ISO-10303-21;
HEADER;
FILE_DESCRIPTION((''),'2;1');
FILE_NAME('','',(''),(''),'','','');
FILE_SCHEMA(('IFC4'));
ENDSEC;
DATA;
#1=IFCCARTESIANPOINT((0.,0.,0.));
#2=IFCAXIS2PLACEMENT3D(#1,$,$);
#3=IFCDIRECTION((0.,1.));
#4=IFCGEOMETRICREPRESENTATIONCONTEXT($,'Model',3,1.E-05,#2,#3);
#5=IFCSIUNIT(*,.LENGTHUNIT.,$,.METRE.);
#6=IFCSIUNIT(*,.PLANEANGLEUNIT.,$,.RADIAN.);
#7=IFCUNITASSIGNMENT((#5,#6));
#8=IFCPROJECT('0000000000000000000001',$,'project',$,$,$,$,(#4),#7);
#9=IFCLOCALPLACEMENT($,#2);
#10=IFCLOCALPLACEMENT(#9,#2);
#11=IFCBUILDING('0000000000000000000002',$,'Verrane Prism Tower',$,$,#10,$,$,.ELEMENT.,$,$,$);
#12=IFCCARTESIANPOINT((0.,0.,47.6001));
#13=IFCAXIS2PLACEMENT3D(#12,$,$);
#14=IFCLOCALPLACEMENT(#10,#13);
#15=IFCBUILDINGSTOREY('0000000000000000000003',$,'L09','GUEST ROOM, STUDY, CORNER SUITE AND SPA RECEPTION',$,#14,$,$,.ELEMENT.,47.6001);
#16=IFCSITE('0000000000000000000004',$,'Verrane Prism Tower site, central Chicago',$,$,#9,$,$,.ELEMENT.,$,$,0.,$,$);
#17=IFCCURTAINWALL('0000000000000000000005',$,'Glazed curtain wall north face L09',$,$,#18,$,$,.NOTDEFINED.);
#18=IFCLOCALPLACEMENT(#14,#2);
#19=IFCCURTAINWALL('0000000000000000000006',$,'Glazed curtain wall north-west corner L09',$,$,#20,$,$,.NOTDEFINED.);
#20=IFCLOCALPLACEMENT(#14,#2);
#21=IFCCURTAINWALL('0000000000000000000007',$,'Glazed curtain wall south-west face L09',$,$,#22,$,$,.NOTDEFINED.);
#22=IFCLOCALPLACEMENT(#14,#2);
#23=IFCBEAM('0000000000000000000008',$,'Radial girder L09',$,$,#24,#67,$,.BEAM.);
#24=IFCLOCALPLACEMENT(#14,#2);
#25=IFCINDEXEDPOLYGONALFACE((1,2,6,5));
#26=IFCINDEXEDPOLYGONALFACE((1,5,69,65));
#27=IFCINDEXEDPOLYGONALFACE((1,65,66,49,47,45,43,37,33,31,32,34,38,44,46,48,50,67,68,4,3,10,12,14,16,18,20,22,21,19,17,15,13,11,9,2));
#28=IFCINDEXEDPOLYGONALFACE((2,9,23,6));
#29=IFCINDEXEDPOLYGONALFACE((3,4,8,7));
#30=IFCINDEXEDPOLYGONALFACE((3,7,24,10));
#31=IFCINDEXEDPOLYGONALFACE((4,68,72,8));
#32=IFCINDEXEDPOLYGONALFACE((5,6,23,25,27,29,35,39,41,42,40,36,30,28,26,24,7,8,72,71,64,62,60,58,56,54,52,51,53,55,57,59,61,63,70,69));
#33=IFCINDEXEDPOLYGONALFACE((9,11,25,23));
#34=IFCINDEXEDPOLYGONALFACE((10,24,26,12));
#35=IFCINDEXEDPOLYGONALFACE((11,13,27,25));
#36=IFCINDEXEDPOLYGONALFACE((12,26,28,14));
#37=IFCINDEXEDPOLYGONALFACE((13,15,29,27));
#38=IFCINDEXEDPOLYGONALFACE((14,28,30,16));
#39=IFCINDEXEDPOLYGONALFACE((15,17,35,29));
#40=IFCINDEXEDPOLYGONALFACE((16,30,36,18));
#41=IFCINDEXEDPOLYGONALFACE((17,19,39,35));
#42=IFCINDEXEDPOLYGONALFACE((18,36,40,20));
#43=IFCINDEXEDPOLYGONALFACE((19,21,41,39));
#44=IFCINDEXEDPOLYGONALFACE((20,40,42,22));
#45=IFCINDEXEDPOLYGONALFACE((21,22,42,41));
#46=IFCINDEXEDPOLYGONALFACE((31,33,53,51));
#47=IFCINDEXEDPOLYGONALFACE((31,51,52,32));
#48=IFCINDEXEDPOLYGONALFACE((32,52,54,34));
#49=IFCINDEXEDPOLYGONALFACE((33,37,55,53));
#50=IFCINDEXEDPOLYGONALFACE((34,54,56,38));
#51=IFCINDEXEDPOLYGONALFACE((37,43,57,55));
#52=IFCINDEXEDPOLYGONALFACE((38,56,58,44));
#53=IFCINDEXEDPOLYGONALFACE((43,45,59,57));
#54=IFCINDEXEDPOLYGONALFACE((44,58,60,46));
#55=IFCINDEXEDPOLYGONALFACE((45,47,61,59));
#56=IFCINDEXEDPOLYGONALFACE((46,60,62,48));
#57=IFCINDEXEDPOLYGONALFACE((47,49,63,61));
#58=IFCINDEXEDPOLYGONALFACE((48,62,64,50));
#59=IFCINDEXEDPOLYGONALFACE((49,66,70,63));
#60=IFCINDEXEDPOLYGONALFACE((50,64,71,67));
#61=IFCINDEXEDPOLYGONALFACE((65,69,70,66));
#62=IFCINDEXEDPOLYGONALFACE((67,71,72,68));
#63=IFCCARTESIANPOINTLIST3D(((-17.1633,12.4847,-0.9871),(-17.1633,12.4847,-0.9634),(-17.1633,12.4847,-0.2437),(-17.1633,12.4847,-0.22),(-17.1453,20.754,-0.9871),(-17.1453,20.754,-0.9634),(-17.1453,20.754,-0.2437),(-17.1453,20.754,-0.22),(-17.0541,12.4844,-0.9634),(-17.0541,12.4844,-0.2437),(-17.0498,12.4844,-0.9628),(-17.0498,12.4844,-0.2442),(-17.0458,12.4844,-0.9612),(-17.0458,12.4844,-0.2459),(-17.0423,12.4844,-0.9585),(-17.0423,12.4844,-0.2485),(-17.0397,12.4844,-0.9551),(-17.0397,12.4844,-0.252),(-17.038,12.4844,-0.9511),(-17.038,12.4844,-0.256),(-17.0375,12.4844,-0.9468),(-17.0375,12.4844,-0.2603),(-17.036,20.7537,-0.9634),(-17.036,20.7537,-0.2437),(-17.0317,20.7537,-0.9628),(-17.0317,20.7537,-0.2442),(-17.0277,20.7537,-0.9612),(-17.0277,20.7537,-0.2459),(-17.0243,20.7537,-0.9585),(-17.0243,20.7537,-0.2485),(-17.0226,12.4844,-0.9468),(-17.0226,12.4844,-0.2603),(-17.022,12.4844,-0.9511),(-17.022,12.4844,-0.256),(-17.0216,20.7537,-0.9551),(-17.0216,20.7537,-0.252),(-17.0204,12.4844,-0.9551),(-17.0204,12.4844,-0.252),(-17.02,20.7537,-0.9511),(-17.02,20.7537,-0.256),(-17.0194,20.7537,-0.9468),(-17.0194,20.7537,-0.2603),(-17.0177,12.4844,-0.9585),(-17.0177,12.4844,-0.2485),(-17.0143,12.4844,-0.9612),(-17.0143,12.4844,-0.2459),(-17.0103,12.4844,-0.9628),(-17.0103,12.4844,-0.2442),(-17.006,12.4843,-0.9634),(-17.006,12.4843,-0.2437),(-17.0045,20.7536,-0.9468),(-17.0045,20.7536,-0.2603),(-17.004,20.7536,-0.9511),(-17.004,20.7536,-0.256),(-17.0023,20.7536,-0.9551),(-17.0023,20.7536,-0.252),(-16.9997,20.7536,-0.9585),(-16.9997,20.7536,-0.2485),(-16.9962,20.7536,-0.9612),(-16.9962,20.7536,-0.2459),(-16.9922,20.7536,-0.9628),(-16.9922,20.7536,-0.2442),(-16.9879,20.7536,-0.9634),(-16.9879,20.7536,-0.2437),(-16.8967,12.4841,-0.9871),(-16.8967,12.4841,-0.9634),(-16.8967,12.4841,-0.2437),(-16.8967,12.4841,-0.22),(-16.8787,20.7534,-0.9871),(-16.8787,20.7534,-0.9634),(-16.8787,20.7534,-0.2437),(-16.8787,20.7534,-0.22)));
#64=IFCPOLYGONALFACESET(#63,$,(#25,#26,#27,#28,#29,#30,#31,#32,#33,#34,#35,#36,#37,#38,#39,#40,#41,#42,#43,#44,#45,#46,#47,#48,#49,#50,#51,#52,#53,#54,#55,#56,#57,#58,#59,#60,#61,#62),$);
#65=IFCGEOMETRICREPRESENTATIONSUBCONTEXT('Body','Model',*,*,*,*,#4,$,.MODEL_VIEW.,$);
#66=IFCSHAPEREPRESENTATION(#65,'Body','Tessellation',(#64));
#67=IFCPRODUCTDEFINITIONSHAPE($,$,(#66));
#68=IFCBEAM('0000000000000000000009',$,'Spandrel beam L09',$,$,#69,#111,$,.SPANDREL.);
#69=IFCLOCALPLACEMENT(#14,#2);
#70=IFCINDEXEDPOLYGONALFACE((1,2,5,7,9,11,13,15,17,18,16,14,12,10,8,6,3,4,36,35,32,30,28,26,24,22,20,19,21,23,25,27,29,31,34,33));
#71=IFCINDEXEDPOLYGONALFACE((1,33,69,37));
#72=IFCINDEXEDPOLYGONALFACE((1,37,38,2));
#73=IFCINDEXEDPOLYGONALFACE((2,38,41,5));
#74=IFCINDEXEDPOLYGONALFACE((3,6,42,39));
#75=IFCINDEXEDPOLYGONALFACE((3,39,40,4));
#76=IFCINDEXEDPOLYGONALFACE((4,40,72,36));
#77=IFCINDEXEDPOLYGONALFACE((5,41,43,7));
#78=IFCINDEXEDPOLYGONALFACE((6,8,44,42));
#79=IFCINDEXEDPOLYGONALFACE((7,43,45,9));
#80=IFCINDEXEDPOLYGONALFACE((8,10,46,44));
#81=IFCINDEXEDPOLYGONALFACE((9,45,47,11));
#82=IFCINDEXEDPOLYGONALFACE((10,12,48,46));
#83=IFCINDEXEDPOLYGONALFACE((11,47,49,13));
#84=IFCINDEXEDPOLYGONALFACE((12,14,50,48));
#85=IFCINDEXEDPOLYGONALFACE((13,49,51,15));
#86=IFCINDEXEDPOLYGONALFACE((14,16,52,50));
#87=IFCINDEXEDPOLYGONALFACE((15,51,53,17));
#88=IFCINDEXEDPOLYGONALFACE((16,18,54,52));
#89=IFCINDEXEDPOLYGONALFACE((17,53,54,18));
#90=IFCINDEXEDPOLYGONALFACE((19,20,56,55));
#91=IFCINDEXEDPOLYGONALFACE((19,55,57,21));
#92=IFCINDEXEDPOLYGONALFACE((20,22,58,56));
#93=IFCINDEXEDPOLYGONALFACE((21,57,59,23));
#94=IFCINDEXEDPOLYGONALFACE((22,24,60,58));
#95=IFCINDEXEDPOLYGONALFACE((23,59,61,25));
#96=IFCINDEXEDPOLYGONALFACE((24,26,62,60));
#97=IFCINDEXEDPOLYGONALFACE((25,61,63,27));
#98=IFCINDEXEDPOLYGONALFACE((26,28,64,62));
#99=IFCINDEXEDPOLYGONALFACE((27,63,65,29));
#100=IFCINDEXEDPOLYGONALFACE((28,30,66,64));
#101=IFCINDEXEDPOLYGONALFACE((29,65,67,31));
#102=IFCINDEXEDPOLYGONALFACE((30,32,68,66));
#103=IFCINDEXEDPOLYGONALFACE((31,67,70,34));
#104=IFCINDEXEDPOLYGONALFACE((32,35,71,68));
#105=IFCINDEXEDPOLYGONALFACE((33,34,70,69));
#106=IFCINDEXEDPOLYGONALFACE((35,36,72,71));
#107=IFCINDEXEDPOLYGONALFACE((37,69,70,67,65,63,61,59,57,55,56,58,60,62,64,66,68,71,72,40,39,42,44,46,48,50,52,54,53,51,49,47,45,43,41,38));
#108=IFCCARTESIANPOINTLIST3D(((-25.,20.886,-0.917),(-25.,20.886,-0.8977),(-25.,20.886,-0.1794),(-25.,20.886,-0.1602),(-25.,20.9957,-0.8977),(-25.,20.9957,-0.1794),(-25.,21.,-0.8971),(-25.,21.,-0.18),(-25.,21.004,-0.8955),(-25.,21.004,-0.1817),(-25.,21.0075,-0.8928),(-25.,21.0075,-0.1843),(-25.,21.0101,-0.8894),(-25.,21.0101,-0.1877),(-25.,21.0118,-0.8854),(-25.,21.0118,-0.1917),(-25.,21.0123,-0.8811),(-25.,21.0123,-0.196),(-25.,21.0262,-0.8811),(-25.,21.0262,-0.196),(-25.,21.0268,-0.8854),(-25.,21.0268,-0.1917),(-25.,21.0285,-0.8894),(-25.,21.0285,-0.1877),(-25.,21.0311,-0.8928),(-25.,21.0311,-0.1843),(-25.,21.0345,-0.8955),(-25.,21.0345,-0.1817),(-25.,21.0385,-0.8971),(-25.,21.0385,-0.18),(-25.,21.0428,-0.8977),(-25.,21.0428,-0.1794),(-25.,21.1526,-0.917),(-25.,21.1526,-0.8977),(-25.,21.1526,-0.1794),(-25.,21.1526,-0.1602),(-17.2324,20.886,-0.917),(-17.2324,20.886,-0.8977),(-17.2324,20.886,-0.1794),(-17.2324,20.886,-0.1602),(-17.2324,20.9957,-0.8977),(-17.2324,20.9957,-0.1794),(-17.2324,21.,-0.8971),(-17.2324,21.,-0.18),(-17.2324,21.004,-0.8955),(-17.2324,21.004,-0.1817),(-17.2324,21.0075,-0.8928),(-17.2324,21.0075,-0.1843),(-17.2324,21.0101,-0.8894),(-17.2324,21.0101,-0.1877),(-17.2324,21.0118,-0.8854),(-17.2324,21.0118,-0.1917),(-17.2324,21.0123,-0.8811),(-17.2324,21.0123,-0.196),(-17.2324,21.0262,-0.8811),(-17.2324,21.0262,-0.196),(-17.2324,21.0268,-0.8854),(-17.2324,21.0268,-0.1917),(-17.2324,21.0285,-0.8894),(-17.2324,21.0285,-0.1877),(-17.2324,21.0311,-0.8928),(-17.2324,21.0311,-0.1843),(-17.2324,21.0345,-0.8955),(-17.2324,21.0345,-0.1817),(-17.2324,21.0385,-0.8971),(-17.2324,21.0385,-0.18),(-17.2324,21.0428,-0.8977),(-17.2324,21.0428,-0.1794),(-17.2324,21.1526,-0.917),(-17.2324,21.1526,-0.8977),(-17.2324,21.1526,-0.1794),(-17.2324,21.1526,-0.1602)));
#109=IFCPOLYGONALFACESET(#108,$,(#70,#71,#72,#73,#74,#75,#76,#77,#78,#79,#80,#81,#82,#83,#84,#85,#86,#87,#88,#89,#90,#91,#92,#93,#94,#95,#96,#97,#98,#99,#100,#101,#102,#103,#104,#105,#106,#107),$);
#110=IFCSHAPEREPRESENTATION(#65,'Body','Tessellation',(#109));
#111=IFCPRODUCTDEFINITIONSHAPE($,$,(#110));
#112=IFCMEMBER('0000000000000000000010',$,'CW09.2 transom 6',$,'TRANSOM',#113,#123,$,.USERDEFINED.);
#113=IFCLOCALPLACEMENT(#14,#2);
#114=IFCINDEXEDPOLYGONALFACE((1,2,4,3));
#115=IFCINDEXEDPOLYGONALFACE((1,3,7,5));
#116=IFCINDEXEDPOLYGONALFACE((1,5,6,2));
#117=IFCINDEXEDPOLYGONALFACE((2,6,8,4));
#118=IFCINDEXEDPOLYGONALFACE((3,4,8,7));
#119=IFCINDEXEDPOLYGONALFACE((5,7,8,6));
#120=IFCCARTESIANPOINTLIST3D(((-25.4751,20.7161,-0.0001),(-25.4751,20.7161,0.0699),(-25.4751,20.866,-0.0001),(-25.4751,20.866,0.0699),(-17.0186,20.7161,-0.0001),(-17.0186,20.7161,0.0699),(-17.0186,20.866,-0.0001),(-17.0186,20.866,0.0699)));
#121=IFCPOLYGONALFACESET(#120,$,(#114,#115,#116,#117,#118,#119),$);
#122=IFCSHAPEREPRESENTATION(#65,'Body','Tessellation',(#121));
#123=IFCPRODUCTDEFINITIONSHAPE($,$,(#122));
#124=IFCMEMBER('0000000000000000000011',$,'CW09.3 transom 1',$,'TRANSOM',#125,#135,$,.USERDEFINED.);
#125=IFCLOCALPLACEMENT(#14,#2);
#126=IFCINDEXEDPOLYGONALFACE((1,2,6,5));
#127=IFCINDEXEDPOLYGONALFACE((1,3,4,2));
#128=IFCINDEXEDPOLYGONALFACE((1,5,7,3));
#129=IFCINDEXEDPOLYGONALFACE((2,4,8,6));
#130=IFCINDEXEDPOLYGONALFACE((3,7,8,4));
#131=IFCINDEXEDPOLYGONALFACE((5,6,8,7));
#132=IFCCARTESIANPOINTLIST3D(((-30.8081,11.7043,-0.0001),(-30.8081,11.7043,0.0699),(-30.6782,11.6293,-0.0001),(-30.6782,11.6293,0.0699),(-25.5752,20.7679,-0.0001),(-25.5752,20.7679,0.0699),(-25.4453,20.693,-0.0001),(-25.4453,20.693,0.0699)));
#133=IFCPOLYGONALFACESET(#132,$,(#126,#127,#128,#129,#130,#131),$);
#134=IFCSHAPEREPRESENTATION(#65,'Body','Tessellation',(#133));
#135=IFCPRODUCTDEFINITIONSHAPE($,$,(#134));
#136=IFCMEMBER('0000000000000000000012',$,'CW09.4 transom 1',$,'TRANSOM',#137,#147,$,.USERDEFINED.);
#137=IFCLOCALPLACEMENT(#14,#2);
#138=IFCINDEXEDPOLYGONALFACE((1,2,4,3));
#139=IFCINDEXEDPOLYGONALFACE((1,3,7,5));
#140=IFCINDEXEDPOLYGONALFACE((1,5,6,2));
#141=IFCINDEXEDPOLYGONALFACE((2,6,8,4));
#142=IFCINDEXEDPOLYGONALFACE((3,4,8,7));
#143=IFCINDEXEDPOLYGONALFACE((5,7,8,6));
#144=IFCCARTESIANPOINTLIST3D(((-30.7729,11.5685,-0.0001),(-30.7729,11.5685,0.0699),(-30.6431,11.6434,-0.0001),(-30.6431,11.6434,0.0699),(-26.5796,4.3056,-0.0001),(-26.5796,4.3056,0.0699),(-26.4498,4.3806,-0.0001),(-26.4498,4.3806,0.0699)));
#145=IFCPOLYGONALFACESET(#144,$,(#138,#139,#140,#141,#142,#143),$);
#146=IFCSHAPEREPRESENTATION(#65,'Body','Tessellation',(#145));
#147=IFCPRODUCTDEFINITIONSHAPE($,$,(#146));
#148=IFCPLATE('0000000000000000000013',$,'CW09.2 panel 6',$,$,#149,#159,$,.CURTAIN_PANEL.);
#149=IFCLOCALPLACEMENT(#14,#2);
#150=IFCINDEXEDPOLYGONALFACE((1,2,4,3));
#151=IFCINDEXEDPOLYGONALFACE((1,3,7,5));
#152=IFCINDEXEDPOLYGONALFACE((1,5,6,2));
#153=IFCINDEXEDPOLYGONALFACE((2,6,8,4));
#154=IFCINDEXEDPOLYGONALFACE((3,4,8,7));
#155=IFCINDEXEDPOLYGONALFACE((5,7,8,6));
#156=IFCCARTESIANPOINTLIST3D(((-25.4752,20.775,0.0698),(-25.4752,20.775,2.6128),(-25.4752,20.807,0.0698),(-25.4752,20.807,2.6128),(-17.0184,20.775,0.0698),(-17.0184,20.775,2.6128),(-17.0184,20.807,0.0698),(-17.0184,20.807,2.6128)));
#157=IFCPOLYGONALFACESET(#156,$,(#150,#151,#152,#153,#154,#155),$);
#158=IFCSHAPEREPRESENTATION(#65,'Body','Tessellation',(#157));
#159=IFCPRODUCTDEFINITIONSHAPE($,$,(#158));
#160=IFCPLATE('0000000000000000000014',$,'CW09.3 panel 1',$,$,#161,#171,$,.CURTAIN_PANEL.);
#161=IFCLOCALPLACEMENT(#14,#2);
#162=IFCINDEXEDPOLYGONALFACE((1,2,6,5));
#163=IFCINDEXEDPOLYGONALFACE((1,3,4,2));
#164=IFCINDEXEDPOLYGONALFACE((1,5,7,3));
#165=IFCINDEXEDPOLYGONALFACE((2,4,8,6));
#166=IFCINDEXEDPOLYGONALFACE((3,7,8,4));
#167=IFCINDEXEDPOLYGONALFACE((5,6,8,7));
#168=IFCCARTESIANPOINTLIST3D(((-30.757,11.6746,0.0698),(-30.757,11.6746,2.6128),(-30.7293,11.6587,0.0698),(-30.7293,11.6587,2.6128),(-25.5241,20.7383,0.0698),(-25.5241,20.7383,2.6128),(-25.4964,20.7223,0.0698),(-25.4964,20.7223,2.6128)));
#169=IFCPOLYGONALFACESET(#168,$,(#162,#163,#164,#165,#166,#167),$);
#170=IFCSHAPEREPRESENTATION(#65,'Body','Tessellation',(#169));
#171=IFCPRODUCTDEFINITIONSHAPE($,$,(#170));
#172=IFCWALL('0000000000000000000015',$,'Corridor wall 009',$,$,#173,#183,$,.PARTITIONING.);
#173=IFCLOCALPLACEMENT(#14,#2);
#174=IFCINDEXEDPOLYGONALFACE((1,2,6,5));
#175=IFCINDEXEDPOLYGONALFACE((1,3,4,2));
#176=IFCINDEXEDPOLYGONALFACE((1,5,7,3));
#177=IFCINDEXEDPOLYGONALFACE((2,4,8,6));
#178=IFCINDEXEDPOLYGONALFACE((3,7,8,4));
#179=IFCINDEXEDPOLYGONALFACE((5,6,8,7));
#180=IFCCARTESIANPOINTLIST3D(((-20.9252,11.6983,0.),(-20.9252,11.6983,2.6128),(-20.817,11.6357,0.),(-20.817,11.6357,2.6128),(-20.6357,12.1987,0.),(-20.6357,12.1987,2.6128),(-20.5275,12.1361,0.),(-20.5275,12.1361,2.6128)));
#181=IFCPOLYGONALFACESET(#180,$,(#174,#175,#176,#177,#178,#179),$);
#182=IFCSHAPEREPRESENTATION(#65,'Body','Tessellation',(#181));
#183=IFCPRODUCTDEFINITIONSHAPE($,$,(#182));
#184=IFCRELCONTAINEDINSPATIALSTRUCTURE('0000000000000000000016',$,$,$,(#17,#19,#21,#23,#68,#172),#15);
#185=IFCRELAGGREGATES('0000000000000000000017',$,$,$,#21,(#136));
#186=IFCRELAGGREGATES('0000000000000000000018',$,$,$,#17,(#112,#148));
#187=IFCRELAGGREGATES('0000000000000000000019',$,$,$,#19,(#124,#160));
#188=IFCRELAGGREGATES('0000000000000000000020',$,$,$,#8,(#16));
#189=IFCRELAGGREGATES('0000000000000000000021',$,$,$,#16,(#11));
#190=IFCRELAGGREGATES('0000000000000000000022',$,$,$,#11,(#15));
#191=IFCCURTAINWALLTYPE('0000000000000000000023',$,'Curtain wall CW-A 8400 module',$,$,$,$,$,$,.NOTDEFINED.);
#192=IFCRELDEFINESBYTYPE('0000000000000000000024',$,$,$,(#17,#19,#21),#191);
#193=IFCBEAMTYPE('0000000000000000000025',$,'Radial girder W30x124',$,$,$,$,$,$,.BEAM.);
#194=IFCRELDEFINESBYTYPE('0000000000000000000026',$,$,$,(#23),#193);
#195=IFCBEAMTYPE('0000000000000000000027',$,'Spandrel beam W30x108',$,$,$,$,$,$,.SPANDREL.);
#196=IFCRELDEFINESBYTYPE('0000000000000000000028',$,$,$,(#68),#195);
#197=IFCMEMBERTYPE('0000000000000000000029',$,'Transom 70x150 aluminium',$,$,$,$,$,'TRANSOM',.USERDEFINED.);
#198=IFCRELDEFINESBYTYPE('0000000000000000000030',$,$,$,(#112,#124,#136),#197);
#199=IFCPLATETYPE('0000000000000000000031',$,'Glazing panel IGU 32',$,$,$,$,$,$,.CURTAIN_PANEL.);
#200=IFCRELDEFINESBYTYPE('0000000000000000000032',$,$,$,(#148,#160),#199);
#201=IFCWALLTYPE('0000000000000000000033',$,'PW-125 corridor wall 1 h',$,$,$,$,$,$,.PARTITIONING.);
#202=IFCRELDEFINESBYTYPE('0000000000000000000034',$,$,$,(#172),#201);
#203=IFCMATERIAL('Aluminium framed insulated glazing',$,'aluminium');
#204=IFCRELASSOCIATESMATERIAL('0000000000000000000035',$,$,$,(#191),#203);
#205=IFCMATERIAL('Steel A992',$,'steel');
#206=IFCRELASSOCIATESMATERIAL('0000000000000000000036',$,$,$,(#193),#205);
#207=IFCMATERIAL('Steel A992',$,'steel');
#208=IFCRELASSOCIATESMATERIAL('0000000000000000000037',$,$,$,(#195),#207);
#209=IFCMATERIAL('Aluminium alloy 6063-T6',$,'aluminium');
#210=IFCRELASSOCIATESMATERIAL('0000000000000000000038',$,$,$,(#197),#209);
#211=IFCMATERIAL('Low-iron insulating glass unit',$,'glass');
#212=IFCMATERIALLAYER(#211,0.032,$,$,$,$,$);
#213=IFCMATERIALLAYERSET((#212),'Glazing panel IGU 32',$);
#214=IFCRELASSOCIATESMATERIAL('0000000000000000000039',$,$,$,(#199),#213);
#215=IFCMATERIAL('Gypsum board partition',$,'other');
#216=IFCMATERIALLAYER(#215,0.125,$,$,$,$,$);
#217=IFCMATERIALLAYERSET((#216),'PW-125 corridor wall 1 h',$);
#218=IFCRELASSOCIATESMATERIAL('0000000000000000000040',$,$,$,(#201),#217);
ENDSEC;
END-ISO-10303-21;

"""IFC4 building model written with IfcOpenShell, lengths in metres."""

from ifc_helpers import new_model, si_unit, direction, frame, frame_2d, origin, origin_2d, place, context, subcontext, project, spatial, rectangle, i_section, extrude, material, layer, layer_set, material_profile, profile_set, type_object, element, aggregate, save


model = new_model("IFC4")

# Units and contexts
model_context = context("Model", 3, precision=1e-05, world=origin(), true_north=direction((0.0, 1.0)))
body_context = subcontext(model_context, "Body", "Model", "MODEL_VIEW")
ifc_project = project(units=[si_unit("LENGTHUNIT", "METRE"), si_unit("PLANEANGLEUNIT", "RADIAN")], contexts=[model_context])

# Site, building, storey
site_placement = place(None, origin())
site = spatial("IfcSite", under=ifc_project, at=site_placement, Name="Verrane Prism Tower site, central Chicago", CompositionType="ELEMENT", RefElevation=0.0)
building_placement = place(site_placement, origin())
building = spatial("IfcBuilding", under=site, at=building_placement, Name="Verrane Prism Tower", CompositionType="ELEMENT")
storey_placement = place(building_placement, frame((0.0, 0.0, 47.6001)))
storey = spatial("IfcBuildingStorey", under=building, at=storey_placement, Name="L09", Description="GUEST ROOM, STUDY, CORNER SUITE AND SPA RECEPTION", CompositionType="ELEMENT", Elevation=47.6001)

# Curtain walls
ifc_material_1 = material(Name="Aluminium framed insulated glazing", Category="aluminium")
curtain_wall_type = type_object("IfcCurtainWallType", Name="Curtain wall CW-A 8400 module", PredefinedType="NOTDEFINED", material=ifc_material_1)
curtain_wall_1_placement = place(storey_placement, origin())
curtain_wall_1 = element("IfcCurtainWall", 1, at=curtain_wall_1_placement, inside=storey, type_object=curtain_wall_type, Name="Glazed curtain wall north face L09", PredefinedType="NOTDEFINED")
curtain_wall_2_placement = place(storey_placement, origin())
curtain_wall_2 = element("IfcCurtainWall", 2, at=curtain_wall_2_placement, inside=storey, type_object=curtain_wall_type, Name="Glazed curtain wall north-west corner L09", PredefinedType="NOTDEFINED")
curtain_wall_3_placement = place(storey_placement, origin())
curtain_wall_3 = element("IfcCurtainWall", 3, at=curtain_wall_3_placement, inside=storey, type_object=curtain_wall_type, Name="Glazed curtain wall south-west face L09", PredefinedType="NOTDEFINED")

# Beams
ifc_material_2 = material(Name="Steel A992", Category="steel")
ifc_material_profile_1 = material_profile(ifc_material_2, i_section(OverallWidth=0.2666, OverallDepth=0.7671, WebThickness=0.0149, FlangeThickness=0.0237, FilletRadius=0.0166, at=origin_2d()), Name="W30x124")
ifc_profile_set_1 = profile_set([ifc_material_profile_1], Name="Steel A992")
beam_type_1 = type_object("IfcBeamType", Name="Radial girder W30x124", PredefinedType="BEAM", material=ifc_profile_set_1)
beam_1_placement = place(storey_placement, frame((-17.012, 20.7537, -0.6035), z_axis=(-0.002185, -0.999998, 0.0), x_axis=(0.999998, -0.002185, 0.0)))
element("IfcBeam", 4, at=beam_1_placement, inside=storey, type_object=beam_type_1, Name="Radial girder L09", PredefinedType="BEAM", context=body_context, shape_type="SweptSolid", body=[
    extrude(i_section(OverallWidth=0.2666, OverallDepth=0.7671, WebThickness=0.0149, FlangeThickness=0.0237, FilletRadius=0.0166, at=origin_2d()), origin(), (0.0, 0.0, 1.0), 8.2693),
])
ifc_material_3 = material(Name="Steel A992", Category="steel")
ifc_material_profile_2 = material_profile(ifc_material_3, i_section(OverallWidth=0.2666, OverallDepth=0.7568, WebThickness=0.0139, FlangeThickness=0.0193, FilletRadius=0.0166, at=origin_2d()), Name="W30x108")
ifc_profile_set_2 = profile_set([ifc_material_profile_2], Name="Steel A992")
beam_type_2 = type_object("IfcBeamType", Name="Spandrel beam W30x108", PredefinedType="SPANDREL", material=ifc_profile_set_2)
beam_2_placement = place(storey_placement, frame((-17.2324, 21.0193, -0.5386), z_axis=(-1.0, 0.0, 0.0), x_axis=(0.0, -1.0, 0.0)))
element("IfcBeam", 5, at=beam_2_placement, inside=storey, type_object=beam_type_2, Name="Spandrel beam L09", PredefinedType="SPANDREL", context=body_context, shape_type="SweptSolid", body=[
    extrude(i_section(OverallWidth=0.2666, OverallDepth=0.7568, WebThickness=0.0139, FlangeThickness=0.0193, FilletRadius=0.0166, at=origin_2d()), origin(), (0.0, 0.0, 1.0), 7.7676),
])

# Members
ifc_material_4 = material(Name="Aluminium alloy 6063-T6", Category="aluminium")
ifc_material_profile_3 = material_profile(ifc_material_4, rectangle(XDim=0.1499, YDim=0.0701, at=origin_2d()), Name="Transom 70x150 aluminium")
ifc_profile_set_3 = profile_set([ifc_material_profile_3], Name="Aluminium alloy 6063-T6")
member_type_1 = type_object("IfcMemberType", Name="Transom 70x150 aluminium", ElementType="TRANSOM", PredefinedType="USERDEFINED", material=ifc_profile_set_3)
member_1_placement = place(storey_placement, frame((-17.0186, 20.791, 0.0349), z_axis=(-1.0, 0.0, 0.0), x_axis=(0.0, -1.0, 0.0)))
member_1 = element("IfcMember", 6, at=member_1_placement, type_object=member_type_1, Name="CW09.2 transom 6", ObjectType="TRANSOM", PredefinedType="USERDEFINED", context=body_context, shape_type="SweptSolid", body=[
    extrude(rectangle(XDim=0.1499, YDim=0.0701, at=origin_2d()), origin(), (0.0, 0.0, 1.0), 8.4565),
])
member_2_placement = place(storey_placement, frame((-25.5103, 20.7305, 0.0349), z_axis=(-0.499998, -0.866027, 0.0), x_axis=(0.866027, -0.499998, 0.0)))
member_2 = element("IfcMember", 7, at=member_2_placement, type_object=member_type_1, Name="CW09.3 transom 1", ObjectType="TRANSOM", PredefinedType="USERDEFINED", context=body_context, shape_type="SweptSolid", body=[
    extrude(rectangle(XDim=0.1499, YDim=0.0701, at=origin_2d()), origin(), (0.0, 0.0, 1.0), 10.4658),
])
member_3_placement = place(storey_placement, frame((-30.708, 11.606, 0.0349), z_axis=(0.500009, -0.86602, 0.0), x_axis=(0.86602, 0.500009, 0.0)))
member_3 = element("IfcMember", 8, at=member_3_placement, type_object=member_type_1, Name="CW09.4 transom 1", ObjectType="TRANSOM", PredefinedType="USERDEFINED", context=body_context, shape_type="SweptSolid", body=[
    extrude(rectangle(XDim=0.1499, YDim=0.0701, at=origin_2d()), origin(), (0.0, 0.0, 1.0), 8.3865),
])
aggregate(curtain_wall_3, [member_3])

# Plates
ifc_material_5 = material(Name="Low-iron insulating glass unit", Category="glass")
ifc_layer_1 = layer(ifc_material_5, 0.032)
ifc_layer_set_1 = layer_set([ifc_layer_1], Name="Glazing panel IGU 32")
plate_type = type_object("IfcPlateType", Name="Glazing panel IGU 32", PredefinedType="CURTAIN_PANEL", material=ifc_layer_set_1)
plate_1_placement = place(storey_placement, frame((-21.2468, 20.791, 0.0698), z_axis=(0.0, 0.0, 1.0), x_axis=(-1.0, 0.0, 0.0)))
plate_1 = element("IfcPlate", 9, at=plate_1_placement, type_object=plate_type, Name="CW09.2 panel 6", PredefinedType="CURTAIN_PANEL", context=body_context, shape_type="SweptSolid", body=[
    extrude(rectangle(XDim=8.4568, YDim=0.032, at=origin_2d()), origin(), (0.0, 0.0, 1.0), 2.543),
])
aggregate(curtain_wall_1, [member_1, plate_1])
plate_2_placement = place(storey_placement, frame((-28.1267, 16.1985, 0.0698), z_axis=(0.0, 0.0, 1.0), x_axis=(-0.499999, -0.866026, 0.0)))
plate_2 = element("IfcPlate", 10, at=plate_2_placement, type_object=plate_type, Name="CW09.3 panel 1", PredefinedType="CURTAIN_PANEL", context=body_context, shape_type="SweptSolid", body=[
    extrude(rectangle(XDim=10.4658, YDim=0.032, at=origin_2d()), origin(), (0.0, 0.0, 1.0), 2.543),
])
aggregate(curtain_wall_2, [member_2, plate_2])

# Wall
ifc_material_6 = material(Name="Gypsum board partition", Category="other")
ifc_layer_2 = layer(ifc_material_6, 0.125)
ifc_layer_set_2 = layer_set([ifc_layer_2], Name="PW-125 corridor wall 1 h")
wall_type_1 = type_object("IfcWallType", Name="PW-125 corridor wall 1 h", PredefinedType="PARTITIONING", material=ifc_layer_set_2)
wall_1_placement = place(storey_placement, frame((-20.8711, 11.667, 0.0), z_axis=(0.0, 0.0, 1.0), x_axis=(0.50077, 0.86558, 0.0)))
element("IfcWall", 11, at=wall_1_placement, inside=storey, type_object=wall_type_1, Name="Corridor wall 009", PredefinedType="PARTITIONING", context=body_context, shape_type="SweptSolid", body=[
    extrude(rectangle(XDim=0.5781, YDim=0.125, at=frame_2d((0.2891, 0.0))), origin(), (0.0, 0.0, 1.0), 2.6128),
])

save(model, "model.ifc")
